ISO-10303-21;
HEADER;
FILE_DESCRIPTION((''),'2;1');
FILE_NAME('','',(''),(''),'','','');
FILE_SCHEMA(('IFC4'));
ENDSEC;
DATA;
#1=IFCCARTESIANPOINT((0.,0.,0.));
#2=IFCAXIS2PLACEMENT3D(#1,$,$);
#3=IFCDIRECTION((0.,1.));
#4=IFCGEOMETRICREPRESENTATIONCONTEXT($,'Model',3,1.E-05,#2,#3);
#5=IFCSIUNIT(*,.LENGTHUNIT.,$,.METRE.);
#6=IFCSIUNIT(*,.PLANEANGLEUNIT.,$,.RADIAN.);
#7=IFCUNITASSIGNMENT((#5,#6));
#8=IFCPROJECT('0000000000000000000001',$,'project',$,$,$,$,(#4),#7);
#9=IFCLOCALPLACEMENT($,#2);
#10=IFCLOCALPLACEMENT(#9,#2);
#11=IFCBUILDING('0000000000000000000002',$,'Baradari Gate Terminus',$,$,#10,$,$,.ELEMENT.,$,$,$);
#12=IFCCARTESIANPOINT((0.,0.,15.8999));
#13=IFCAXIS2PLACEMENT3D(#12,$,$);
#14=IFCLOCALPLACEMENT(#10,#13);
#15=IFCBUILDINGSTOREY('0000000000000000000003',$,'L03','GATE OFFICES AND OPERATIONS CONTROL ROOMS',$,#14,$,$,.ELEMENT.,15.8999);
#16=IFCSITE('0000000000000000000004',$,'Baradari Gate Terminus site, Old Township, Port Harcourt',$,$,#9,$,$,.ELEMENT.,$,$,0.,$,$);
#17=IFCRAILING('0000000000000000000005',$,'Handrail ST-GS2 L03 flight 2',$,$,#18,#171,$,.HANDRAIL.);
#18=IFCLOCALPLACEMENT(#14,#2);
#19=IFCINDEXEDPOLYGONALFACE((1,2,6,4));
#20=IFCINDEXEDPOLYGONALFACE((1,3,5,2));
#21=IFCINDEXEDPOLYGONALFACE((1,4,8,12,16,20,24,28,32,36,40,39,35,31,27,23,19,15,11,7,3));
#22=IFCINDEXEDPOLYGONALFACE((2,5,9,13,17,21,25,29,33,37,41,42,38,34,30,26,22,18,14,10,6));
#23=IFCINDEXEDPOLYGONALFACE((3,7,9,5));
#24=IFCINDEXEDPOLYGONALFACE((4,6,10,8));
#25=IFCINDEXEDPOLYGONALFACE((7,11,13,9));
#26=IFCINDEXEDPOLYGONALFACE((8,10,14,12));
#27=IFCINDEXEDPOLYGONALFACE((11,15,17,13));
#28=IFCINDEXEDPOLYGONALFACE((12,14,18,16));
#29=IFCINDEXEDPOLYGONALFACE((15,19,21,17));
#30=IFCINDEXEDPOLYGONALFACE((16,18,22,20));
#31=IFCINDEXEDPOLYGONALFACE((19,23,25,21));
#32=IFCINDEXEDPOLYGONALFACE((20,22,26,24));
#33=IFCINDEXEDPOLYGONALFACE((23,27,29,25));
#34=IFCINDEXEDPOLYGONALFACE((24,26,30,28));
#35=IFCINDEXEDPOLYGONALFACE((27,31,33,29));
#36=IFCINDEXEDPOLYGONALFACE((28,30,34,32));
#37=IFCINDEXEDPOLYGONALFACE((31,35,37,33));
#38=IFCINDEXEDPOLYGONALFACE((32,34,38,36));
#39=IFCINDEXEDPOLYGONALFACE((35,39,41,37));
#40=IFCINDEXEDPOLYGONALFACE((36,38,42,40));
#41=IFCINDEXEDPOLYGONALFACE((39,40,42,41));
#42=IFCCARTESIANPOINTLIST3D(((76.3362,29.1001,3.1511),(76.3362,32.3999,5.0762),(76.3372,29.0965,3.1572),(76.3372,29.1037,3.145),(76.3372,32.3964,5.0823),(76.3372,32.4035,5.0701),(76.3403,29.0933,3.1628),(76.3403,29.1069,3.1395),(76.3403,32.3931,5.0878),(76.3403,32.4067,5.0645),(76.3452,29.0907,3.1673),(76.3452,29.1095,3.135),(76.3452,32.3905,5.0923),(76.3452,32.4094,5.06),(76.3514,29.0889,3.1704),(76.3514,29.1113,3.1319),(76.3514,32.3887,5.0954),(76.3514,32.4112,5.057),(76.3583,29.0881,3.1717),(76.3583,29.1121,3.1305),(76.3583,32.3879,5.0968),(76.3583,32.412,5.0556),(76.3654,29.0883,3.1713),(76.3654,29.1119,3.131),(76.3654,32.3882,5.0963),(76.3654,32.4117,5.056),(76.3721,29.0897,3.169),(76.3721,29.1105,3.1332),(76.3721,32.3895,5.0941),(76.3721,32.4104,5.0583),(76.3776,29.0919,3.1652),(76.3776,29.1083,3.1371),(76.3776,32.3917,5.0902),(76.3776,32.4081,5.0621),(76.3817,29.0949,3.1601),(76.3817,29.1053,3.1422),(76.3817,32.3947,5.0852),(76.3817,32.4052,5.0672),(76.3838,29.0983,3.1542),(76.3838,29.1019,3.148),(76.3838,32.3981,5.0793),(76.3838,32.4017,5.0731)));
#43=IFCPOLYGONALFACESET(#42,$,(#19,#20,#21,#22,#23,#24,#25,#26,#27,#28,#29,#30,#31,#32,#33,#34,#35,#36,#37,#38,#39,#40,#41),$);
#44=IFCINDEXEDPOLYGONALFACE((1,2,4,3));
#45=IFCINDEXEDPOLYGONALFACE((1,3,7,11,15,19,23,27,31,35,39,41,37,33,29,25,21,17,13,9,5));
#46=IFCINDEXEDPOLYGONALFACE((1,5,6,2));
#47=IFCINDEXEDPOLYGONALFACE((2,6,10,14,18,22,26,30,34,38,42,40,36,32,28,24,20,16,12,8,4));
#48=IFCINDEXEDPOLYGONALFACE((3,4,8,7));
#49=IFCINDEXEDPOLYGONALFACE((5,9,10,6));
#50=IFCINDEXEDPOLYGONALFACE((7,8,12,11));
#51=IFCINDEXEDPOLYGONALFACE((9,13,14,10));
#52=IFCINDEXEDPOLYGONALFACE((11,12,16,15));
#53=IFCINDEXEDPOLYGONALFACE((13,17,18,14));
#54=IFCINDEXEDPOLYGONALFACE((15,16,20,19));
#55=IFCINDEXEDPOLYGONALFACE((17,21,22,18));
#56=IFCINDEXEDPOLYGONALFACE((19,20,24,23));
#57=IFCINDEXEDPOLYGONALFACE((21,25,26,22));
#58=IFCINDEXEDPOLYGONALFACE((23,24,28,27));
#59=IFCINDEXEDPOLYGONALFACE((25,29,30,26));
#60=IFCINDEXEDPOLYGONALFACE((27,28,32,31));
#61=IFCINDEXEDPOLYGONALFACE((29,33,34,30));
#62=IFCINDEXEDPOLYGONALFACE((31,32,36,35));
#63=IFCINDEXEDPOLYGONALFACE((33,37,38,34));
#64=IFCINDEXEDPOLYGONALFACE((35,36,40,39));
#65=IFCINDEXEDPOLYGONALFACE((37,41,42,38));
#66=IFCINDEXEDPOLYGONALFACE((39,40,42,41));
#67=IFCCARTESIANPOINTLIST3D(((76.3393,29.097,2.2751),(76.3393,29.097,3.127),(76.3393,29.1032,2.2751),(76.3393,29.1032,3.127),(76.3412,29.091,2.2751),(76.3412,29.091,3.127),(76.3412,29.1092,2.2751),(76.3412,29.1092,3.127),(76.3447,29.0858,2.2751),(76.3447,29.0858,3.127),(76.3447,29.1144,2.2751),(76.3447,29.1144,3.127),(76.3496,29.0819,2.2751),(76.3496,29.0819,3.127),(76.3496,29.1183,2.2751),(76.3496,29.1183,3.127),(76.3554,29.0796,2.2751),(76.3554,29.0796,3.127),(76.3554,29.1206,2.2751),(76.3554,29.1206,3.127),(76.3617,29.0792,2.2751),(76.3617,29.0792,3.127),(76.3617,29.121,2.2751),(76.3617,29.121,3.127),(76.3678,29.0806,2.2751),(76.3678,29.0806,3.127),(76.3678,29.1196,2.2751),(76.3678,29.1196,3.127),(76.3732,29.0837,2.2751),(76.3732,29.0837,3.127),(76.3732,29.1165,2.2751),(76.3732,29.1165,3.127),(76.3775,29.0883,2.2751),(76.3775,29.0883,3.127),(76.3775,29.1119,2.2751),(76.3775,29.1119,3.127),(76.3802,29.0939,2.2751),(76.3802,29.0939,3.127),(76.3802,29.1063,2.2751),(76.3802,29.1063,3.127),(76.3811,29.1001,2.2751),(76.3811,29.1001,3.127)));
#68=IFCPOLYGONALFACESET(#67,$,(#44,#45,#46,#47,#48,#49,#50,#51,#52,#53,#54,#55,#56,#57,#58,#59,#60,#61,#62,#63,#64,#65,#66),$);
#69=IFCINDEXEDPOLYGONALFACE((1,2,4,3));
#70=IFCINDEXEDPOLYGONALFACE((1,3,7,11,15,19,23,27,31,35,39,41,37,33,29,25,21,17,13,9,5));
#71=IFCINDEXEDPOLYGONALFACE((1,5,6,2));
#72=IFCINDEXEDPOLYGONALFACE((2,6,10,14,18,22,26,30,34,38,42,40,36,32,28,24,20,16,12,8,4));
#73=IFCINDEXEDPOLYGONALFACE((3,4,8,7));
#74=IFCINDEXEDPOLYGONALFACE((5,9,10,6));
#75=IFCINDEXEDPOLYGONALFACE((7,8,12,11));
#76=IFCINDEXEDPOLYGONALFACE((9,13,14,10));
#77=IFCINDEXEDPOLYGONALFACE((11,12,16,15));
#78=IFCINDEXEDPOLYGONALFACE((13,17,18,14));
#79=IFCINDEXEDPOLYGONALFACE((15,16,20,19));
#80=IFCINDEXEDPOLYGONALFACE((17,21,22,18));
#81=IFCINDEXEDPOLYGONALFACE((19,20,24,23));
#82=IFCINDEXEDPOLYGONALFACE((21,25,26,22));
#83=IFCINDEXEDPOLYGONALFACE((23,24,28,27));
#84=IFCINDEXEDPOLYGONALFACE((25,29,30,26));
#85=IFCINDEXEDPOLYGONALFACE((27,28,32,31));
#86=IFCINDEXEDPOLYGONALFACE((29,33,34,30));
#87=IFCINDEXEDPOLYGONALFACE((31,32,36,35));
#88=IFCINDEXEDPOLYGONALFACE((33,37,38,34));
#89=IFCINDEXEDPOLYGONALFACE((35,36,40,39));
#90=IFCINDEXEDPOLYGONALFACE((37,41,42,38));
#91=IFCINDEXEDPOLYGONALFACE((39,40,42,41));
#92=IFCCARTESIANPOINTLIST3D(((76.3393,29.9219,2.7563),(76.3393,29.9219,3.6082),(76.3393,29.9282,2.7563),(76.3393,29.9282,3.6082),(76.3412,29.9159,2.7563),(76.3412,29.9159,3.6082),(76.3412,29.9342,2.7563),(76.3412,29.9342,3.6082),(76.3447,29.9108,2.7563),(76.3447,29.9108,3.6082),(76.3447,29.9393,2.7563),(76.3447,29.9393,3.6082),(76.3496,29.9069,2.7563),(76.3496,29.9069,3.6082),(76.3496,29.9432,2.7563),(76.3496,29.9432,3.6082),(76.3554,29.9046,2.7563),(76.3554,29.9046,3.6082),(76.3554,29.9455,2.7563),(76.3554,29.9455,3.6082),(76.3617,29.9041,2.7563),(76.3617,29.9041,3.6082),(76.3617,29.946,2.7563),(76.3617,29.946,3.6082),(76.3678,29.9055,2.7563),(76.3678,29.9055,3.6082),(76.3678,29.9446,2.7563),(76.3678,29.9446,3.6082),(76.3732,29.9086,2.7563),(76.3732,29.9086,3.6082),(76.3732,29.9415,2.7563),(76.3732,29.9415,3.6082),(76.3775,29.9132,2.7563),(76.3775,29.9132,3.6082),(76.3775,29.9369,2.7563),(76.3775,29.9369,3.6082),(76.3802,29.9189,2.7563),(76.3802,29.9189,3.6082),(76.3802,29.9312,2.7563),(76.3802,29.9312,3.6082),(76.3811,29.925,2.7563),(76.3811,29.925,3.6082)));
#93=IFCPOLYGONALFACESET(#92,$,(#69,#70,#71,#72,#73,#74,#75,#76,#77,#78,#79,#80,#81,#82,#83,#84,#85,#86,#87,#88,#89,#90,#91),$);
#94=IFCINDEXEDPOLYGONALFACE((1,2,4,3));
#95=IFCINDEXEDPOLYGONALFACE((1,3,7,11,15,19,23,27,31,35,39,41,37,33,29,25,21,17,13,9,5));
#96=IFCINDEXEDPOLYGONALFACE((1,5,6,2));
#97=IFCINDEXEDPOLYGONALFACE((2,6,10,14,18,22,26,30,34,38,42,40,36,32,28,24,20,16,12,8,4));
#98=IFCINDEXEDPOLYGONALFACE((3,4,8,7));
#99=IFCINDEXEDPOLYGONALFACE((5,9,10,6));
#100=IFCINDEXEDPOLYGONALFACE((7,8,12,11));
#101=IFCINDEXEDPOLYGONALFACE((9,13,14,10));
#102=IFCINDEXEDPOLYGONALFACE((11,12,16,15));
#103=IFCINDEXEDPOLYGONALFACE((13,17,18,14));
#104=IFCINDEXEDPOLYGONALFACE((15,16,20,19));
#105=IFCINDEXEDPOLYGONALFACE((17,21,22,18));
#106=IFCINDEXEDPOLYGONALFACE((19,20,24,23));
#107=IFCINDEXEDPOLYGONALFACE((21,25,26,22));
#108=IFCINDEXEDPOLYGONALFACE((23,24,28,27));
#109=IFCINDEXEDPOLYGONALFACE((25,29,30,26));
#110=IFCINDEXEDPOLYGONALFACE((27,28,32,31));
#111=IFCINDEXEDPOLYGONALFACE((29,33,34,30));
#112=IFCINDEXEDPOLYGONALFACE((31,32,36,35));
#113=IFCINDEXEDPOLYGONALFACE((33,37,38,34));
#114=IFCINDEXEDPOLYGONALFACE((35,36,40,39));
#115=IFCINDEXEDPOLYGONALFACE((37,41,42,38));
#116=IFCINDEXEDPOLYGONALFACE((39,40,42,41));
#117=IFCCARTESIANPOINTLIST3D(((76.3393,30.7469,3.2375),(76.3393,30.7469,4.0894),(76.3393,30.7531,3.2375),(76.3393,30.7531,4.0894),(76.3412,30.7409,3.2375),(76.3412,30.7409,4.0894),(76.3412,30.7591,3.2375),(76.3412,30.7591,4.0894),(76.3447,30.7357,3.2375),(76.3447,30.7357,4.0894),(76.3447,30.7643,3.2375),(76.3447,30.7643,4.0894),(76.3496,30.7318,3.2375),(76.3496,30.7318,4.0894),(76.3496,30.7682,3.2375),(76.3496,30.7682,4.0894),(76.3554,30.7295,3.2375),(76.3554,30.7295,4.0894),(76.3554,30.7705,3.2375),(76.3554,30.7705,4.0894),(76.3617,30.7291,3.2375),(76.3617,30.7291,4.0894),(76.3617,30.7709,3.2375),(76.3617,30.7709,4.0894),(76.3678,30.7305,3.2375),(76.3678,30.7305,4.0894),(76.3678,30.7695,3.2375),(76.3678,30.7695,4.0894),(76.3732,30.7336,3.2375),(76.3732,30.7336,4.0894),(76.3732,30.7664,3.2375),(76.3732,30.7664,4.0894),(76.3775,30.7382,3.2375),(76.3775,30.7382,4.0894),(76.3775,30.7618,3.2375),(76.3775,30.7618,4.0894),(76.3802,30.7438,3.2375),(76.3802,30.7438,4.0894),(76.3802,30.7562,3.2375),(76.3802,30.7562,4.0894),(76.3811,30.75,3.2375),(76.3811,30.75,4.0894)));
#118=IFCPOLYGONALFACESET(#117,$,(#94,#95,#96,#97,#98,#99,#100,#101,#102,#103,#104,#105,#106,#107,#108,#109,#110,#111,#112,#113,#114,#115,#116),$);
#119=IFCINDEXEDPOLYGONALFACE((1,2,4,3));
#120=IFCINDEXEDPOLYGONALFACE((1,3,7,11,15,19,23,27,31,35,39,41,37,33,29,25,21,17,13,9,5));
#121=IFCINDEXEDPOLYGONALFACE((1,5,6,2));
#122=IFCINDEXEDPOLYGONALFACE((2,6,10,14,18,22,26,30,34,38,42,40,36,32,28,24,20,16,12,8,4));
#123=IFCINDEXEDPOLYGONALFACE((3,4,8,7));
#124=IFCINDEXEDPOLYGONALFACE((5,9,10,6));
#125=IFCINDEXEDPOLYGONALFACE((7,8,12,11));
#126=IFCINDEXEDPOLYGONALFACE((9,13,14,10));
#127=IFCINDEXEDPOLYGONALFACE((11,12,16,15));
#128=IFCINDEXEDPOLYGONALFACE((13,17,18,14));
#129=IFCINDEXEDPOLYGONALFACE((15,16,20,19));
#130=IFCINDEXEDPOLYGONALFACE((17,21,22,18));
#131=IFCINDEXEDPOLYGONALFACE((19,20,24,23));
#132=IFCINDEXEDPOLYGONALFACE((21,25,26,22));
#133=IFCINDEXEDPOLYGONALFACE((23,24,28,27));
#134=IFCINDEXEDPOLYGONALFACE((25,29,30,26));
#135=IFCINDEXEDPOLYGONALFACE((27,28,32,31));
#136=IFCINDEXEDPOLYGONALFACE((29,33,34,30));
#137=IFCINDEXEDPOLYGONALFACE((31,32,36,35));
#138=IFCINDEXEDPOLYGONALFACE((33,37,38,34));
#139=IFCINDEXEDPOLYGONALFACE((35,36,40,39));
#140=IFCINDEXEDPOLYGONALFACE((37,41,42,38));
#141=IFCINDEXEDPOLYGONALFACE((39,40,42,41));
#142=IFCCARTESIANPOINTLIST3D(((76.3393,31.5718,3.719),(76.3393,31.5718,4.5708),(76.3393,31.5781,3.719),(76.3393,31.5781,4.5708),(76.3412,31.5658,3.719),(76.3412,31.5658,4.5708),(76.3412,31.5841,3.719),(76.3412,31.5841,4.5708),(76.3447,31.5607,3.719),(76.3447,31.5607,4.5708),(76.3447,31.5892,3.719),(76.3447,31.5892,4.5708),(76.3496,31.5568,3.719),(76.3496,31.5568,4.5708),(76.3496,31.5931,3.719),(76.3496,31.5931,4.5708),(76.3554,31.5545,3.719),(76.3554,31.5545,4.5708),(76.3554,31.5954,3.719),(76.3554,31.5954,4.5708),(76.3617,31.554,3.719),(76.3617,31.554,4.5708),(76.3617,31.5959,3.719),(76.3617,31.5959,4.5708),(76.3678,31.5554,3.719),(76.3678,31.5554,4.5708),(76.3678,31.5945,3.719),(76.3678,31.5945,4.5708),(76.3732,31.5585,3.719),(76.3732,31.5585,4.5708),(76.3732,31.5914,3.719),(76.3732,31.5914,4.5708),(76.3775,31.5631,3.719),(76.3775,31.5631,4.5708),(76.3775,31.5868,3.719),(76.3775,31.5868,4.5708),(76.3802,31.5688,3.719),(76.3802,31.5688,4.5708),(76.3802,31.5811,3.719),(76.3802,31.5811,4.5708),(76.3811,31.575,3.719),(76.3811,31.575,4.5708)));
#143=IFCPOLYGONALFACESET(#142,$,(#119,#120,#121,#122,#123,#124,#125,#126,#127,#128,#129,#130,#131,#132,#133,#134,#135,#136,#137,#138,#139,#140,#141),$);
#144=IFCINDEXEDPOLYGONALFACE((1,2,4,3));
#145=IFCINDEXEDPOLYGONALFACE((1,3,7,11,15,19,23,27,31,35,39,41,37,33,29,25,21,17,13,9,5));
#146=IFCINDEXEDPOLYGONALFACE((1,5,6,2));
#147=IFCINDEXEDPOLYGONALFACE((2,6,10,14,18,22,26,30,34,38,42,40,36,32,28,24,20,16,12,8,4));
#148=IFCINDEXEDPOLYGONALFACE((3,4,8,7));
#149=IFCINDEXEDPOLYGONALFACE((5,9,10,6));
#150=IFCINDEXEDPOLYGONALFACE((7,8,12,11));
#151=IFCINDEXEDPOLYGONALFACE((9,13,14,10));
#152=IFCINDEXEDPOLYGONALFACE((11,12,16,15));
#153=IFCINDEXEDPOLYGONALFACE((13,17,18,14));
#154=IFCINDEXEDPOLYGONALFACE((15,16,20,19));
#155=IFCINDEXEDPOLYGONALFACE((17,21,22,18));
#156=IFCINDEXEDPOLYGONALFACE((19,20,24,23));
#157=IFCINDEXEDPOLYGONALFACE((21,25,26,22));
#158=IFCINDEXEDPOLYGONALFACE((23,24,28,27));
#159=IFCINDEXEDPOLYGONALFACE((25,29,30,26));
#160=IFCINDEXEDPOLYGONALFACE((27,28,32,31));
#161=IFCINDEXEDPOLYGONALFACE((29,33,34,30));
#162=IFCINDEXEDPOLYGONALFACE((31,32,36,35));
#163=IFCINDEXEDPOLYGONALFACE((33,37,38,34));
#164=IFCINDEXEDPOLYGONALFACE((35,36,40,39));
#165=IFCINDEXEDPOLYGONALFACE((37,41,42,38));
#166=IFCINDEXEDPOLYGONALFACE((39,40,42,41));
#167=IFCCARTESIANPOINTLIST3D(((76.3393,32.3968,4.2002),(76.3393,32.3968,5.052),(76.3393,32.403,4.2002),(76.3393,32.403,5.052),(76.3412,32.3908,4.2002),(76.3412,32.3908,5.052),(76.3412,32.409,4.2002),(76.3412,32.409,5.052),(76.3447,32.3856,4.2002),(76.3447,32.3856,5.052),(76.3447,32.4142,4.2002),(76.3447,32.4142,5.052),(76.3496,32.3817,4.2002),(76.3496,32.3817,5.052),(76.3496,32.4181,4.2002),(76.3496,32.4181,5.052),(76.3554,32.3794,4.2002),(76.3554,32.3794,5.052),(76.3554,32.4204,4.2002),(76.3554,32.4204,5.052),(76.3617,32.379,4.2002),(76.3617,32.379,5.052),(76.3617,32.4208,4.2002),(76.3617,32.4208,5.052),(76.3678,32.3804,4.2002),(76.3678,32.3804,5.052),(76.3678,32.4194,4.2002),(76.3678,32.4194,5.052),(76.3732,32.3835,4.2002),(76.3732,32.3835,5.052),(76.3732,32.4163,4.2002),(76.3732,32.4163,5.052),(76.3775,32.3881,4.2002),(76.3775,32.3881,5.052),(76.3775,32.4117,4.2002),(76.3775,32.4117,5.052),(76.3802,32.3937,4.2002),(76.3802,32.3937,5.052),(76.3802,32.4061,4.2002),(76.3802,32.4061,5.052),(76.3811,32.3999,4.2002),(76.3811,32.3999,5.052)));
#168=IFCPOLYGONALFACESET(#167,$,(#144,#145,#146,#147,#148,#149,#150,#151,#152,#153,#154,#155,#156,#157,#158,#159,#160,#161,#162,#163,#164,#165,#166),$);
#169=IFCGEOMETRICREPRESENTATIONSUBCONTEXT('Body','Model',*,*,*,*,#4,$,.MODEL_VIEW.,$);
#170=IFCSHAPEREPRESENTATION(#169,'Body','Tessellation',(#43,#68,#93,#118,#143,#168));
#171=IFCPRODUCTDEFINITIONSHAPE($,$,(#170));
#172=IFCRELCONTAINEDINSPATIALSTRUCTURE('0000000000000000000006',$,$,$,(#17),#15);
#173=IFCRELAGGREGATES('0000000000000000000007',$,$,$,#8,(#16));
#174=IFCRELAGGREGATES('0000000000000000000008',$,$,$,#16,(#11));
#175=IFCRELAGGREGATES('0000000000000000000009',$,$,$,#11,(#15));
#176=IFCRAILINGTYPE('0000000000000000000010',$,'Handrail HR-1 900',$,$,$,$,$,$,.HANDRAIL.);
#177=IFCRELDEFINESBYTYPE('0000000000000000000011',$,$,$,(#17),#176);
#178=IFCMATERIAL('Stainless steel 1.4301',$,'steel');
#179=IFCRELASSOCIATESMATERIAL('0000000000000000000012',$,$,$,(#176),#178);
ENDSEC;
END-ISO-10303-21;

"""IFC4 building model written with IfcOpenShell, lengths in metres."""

from ifc_helpers import new_model, si_unit, direction, frame, origin, origin_2d, place, context, subcontext, project, spatial, circle, extrude, material, type_object, element, save


model = new_model("IFC4")

# Units and contexts
model_context = context("Model", 3, precision=1e-05, world=origin(), true_north=direction((0.0, 1.0)))
body_context = subcontext(model_context, "Body", "Model", "MODEL_VIEW")
ifc_project = project(units=[si_unit("LENGTHUNIT", "METRE"), si_unit("PLANEANGLEUNIT", "RADIAN")], contexts=[model_context])

# Site, building, storey
site_placement = place(None, origin())
site = spatial("IfcSite", under=ifc_project, at=site_placement, Name="Baradari Gate Terminus site, Old Township, Port Harcourt", CompositionType="ELEMENT", RefElevation=0.0)
building_placement = place(site_placement, origin())
building = spatial("IfcBuilding", under=site, at=building_placement, Name="Baradari Gate Terminus", CompositionType="ELEMENT")
storey_placement = place(building_placement, frame((0.0, 0.0, 15.8999)))
storey = spatial("IfcBuildingStorey", under=building, at=storey_placement, Name="L03", Description="GATE OFFICES AND OPERATIONS CONTROL ROOMS", CompositionType="ELEMENT", Elevation=15.8999)

# Railing
ifc_material_1 = material(Name="Stainless steel 1.4301", Category="steel")
railing_type = type_object("IfcRailingType", Name="Handrail HR-1 900", PredefinedType="HANDRAIL", material=ifc_material_1)
for number, where, name in (
    (1, (76.3601, 29.1001, 2.2751), "Handrail ST-GS2 L03 flight 2"),
):
    element("IfcRailing", number, at=place(storey_placement, frame(where)), inside=storey, type_object=railing_type, Name=name, PredefinedType="HANDRAIL", context=body_context, shape_type="SweptSolid", body=[
        extrude(circle(Radius=0.0239, at=origin_2d()), frame((0.0, 0.0, 0.876), z_axis=(0.0, 0.86376, 0.503903), x_axis=(-1.0, 0.0, 0.0)), (0.0, 0.0, 1.0), 3.8203),
        extrude(circle(Radius=0.021, at=origin_2d()), origin(), (0.0, 0.0, 1.0), 0.8518),
        extrude(circle(Radius=0.021, at=origin_2d()), frame((0.0, 0.825, 0.4812)), (0.0, 0.0, 1.0), 0.8518),
        extrude(circle(Radius=0.021, at=origin_2d()), frame((0.0, 1.6499, 0.9624)), (0.0, 0.0, 1.0), 0.8518),
        extrude(circle(Radius=0.021, at=origin_2d()), frame((0.0, 2.4749, 1.4438)), (0.0, 0.0, 1.0), 0.8518),
        extrude(circle(Radius=0.021, at=origin_2d()), frame((0.0, 3.2998, 1.925)), (0.0, 0.0, 1.0), 0.8518),
    ])

save(model, "model.ifc")
